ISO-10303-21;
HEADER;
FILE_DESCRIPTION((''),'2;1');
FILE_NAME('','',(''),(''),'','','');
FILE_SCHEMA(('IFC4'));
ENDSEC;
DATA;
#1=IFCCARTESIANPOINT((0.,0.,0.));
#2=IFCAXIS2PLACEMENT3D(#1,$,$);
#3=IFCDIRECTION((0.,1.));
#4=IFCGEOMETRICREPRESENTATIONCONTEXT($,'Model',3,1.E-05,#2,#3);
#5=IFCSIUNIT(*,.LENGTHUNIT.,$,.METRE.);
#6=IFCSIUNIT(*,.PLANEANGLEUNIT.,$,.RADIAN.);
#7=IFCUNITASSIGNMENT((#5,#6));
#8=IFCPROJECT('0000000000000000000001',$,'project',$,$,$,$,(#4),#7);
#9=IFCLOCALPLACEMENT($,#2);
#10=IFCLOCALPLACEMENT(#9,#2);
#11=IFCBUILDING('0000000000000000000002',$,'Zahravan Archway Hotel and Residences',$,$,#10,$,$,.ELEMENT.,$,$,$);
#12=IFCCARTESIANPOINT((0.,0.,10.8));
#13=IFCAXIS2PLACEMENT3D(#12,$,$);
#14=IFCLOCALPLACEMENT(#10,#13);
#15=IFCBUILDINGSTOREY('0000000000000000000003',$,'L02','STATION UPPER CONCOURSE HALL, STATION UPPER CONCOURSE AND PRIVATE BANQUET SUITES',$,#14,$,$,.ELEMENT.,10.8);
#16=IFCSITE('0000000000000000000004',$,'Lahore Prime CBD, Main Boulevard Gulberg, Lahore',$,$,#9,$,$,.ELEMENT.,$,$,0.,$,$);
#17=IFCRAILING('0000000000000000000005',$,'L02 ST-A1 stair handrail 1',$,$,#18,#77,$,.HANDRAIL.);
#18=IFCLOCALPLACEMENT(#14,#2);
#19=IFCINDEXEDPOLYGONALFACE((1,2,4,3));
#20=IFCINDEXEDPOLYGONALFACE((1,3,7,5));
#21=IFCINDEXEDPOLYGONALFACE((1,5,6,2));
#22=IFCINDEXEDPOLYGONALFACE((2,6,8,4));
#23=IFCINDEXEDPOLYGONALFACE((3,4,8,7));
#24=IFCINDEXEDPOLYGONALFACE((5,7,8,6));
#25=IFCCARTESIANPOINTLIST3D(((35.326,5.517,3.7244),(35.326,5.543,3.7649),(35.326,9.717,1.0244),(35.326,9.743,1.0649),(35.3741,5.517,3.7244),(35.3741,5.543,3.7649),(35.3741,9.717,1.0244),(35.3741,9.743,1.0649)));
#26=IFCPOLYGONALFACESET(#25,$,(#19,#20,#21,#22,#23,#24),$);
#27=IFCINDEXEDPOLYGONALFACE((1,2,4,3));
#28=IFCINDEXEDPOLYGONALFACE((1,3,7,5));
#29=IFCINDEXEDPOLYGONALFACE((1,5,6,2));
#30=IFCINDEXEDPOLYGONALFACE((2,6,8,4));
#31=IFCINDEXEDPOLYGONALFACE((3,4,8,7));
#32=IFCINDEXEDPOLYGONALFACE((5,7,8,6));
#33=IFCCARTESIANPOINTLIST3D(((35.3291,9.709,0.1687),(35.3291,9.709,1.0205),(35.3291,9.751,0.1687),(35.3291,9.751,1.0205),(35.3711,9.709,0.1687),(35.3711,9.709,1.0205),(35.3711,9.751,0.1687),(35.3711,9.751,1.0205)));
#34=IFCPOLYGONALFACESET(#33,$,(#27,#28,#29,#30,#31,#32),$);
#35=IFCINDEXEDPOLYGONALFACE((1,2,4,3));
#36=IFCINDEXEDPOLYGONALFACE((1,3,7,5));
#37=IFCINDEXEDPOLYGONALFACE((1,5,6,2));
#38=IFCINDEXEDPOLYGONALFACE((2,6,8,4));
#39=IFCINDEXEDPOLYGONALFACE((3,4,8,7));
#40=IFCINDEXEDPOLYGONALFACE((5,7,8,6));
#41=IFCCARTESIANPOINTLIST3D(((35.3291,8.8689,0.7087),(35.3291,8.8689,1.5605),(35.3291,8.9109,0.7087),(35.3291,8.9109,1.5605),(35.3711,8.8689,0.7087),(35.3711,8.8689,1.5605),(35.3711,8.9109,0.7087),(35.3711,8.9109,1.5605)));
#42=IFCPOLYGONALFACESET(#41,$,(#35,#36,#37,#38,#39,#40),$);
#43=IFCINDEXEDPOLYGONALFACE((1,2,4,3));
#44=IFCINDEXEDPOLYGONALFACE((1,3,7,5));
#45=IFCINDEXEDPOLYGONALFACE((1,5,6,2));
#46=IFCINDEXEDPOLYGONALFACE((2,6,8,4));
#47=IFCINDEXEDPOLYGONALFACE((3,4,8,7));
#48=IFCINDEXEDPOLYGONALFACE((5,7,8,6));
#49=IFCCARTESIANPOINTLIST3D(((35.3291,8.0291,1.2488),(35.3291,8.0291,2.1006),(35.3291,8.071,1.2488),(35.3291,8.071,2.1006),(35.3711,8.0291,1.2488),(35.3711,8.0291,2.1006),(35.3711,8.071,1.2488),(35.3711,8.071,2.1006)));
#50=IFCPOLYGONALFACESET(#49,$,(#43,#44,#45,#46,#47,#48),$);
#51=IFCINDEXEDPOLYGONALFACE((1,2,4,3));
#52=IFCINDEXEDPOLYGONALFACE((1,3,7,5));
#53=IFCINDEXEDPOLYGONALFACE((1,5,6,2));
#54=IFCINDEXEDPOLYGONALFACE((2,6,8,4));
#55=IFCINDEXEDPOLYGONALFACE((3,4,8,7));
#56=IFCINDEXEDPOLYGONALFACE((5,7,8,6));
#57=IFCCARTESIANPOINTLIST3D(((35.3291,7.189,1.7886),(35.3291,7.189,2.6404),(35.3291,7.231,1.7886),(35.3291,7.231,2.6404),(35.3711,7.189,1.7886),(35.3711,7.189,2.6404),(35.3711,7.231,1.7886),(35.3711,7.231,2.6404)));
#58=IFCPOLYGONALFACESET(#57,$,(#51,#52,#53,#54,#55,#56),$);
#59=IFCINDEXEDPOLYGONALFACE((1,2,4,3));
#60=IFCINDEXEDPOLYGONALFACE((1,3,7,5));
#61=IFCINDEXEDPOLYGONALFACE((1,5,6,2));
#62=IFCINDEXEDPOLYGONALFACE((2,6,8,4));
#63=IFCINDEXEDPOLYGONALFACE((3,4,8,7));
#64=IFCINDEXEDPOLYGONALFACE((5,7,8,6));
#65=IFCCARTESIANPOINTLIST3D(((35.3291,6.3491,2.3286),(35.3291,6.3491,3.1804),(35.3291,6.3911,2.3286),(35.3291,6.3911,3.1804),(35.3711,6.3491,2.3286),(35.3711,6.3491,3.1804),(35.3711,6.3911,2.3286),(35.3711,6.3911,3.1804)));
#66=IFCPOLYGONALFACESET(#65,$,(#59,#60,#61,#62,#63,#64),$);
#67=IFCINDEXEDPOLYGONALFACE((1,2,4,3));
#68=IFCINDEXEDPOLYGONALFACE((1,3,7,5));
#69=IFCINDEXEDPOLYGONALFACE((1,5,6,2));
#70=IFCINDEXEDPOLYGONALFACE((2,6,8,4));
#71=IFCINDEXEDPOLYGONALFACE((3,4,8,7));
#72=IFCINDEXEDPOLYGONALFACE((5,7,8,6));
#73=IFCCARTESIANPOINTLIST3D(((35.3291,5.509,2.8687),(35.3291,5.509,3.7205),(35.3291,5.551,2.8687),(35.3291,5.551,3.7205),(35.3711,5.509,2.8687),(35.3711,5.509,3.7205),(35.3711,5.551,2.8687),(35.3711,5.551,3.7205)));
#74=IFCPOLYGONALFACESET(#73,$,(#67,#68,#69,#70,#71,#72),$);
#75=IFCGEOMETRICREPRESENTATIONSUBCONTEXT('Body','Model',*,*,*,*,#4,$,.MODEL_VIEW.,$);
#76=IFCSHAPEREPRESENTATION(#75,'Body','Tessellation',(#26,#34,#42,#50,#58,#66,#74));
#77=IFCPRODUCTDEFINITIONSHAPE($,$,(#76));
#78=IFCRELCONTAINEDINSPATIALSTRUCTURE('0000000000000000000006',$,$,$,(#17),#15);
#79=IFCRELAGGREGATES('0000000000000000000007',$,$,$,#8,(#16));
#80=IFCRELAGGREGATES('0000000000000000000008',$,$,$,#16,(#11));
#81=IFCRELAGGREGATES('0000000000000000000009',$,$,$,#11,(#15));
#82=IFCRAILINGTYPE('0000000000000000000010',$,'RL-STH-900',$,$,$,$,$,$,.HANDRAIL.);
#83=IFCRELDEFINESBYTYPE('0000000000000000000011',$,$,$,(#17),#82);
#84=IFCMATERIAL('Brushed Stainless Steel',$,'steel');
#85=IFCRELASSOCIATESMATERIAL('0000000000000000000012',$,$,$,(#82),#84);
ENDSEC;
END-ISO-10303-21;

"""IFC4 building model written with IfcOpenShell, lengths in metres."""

from ifc_helpers import new_model, si_unit, direction, frame, origin, origin_2d, place, context, subcontext, project, spatial, rectangle, extrude, material, type_object, element, save


model = new_model("IFC4")

# Units and contexts
model_context = context("Model", 3, precision=1e-05, world=origin(), true_north=direction((0.0, 1.0)))
body_context = subcontext(model_context, "Body", "Model", "MODEL_VIEW")
ifc_project = project(units=[si_unit("LENGTHUNIT", "METRE"), si_unit("PLANEANGLEUNIT", "RADIAN")], contexts=[model_context])

# Site, building, storey
site_placement = place(None, origin())
site = spatial("IfcSite", under=ifc_project, at=site_placement, Name="Lahore Prime CBD, Main Boulevard Gulberg, Lahore", CompositionType="ELEMENT", RefElevation=0.0)
building_placement = place(site_placement, origin())
building = spatial("IfcBuilding", under=site, at=building_placement, Name="Zahravan Archway Hotel and Residences", CompositionType="ELEMENT")
storey_placement = place(building_placement, frame((0.0, 0.0, 10.8)))
storey = spatial("IfcBuildingStorey", under=building, at=storey_placement, Name="L02", Description="STATION UPPER CONCOURSE HALL, STATION UPPER CONCOURSE AND PRIVATE BANQUET SUITES", CompositionType="ELEMENT", Elevation=10.8)

# Railing
ifc_material_1 = material(Name="Brushed Stainless Steel", Category="steel")
railing_type = type_object("IfcRailingType", Name="RL-STH-900", PredefinedType="HANDRAIL", material=ifc_material_1)
railing_placement = place(storey_placement, frame((35.3501, 9.73, 0.1687)))
element("IfcRailing", 1, at=railing_placement, inside=storey, type_object=railing_type, Name="L02 ST-A1 stair handrail 1", PredefinedType="HANDRAIL", context=body_context, shape_type="SweptSolid", body=[
    extrude(rectangle(XDim=0.0481, YDim=0.0481, at=origin_2d()), frame((0.0, 0.0, 0.876), z_axis=(0.0, -0.84118, 0.540755), x_axis=(1.0, 0.0, 0.0)), (0.0, 0.0, 1.0), 4.9929),
    extrude(rectangle(XDim=0.042, YDim=0.042, at=origin_2d()), origin(), (0.0, 0.0, 1.0), 0.8518),
    extrude(rectangle(XDim=0.042, YDim=0.042, at=origin_2d()), frame((0.0, -0.8401, 0.54)), (0.0, 0.0, 1.0), 0.8518),
    extrude(rectangle(XDim=0.042, YDim=0.042, at=origin_2d()), frame((0.0, -1.6799, 1.0801)), (0.0, 0.0, 1.0), 0.8518),
    extrude(rectangle(XDim=0.042, YDim=0.042, at=origin_2d()), frame((0.0, -2.52, 1.6199)), (0.0, 0.0, 1.0), 0.8518),
    extrude(rectangle(XDim=0.042, YDim=0.042, at=origin_2d()), frame((0.0, -3.3599, 2.1599)), (0.0, 0.0, 1.0), 0.8518),
    extrude(rectangle(XDim=0.042, YDim=0.042, at=origin_2d()), frame((0.0, -4.2, 2.7)), (0.0, 0.0, 1.0), 0.8518),
])

save(model, "model.ifc")
